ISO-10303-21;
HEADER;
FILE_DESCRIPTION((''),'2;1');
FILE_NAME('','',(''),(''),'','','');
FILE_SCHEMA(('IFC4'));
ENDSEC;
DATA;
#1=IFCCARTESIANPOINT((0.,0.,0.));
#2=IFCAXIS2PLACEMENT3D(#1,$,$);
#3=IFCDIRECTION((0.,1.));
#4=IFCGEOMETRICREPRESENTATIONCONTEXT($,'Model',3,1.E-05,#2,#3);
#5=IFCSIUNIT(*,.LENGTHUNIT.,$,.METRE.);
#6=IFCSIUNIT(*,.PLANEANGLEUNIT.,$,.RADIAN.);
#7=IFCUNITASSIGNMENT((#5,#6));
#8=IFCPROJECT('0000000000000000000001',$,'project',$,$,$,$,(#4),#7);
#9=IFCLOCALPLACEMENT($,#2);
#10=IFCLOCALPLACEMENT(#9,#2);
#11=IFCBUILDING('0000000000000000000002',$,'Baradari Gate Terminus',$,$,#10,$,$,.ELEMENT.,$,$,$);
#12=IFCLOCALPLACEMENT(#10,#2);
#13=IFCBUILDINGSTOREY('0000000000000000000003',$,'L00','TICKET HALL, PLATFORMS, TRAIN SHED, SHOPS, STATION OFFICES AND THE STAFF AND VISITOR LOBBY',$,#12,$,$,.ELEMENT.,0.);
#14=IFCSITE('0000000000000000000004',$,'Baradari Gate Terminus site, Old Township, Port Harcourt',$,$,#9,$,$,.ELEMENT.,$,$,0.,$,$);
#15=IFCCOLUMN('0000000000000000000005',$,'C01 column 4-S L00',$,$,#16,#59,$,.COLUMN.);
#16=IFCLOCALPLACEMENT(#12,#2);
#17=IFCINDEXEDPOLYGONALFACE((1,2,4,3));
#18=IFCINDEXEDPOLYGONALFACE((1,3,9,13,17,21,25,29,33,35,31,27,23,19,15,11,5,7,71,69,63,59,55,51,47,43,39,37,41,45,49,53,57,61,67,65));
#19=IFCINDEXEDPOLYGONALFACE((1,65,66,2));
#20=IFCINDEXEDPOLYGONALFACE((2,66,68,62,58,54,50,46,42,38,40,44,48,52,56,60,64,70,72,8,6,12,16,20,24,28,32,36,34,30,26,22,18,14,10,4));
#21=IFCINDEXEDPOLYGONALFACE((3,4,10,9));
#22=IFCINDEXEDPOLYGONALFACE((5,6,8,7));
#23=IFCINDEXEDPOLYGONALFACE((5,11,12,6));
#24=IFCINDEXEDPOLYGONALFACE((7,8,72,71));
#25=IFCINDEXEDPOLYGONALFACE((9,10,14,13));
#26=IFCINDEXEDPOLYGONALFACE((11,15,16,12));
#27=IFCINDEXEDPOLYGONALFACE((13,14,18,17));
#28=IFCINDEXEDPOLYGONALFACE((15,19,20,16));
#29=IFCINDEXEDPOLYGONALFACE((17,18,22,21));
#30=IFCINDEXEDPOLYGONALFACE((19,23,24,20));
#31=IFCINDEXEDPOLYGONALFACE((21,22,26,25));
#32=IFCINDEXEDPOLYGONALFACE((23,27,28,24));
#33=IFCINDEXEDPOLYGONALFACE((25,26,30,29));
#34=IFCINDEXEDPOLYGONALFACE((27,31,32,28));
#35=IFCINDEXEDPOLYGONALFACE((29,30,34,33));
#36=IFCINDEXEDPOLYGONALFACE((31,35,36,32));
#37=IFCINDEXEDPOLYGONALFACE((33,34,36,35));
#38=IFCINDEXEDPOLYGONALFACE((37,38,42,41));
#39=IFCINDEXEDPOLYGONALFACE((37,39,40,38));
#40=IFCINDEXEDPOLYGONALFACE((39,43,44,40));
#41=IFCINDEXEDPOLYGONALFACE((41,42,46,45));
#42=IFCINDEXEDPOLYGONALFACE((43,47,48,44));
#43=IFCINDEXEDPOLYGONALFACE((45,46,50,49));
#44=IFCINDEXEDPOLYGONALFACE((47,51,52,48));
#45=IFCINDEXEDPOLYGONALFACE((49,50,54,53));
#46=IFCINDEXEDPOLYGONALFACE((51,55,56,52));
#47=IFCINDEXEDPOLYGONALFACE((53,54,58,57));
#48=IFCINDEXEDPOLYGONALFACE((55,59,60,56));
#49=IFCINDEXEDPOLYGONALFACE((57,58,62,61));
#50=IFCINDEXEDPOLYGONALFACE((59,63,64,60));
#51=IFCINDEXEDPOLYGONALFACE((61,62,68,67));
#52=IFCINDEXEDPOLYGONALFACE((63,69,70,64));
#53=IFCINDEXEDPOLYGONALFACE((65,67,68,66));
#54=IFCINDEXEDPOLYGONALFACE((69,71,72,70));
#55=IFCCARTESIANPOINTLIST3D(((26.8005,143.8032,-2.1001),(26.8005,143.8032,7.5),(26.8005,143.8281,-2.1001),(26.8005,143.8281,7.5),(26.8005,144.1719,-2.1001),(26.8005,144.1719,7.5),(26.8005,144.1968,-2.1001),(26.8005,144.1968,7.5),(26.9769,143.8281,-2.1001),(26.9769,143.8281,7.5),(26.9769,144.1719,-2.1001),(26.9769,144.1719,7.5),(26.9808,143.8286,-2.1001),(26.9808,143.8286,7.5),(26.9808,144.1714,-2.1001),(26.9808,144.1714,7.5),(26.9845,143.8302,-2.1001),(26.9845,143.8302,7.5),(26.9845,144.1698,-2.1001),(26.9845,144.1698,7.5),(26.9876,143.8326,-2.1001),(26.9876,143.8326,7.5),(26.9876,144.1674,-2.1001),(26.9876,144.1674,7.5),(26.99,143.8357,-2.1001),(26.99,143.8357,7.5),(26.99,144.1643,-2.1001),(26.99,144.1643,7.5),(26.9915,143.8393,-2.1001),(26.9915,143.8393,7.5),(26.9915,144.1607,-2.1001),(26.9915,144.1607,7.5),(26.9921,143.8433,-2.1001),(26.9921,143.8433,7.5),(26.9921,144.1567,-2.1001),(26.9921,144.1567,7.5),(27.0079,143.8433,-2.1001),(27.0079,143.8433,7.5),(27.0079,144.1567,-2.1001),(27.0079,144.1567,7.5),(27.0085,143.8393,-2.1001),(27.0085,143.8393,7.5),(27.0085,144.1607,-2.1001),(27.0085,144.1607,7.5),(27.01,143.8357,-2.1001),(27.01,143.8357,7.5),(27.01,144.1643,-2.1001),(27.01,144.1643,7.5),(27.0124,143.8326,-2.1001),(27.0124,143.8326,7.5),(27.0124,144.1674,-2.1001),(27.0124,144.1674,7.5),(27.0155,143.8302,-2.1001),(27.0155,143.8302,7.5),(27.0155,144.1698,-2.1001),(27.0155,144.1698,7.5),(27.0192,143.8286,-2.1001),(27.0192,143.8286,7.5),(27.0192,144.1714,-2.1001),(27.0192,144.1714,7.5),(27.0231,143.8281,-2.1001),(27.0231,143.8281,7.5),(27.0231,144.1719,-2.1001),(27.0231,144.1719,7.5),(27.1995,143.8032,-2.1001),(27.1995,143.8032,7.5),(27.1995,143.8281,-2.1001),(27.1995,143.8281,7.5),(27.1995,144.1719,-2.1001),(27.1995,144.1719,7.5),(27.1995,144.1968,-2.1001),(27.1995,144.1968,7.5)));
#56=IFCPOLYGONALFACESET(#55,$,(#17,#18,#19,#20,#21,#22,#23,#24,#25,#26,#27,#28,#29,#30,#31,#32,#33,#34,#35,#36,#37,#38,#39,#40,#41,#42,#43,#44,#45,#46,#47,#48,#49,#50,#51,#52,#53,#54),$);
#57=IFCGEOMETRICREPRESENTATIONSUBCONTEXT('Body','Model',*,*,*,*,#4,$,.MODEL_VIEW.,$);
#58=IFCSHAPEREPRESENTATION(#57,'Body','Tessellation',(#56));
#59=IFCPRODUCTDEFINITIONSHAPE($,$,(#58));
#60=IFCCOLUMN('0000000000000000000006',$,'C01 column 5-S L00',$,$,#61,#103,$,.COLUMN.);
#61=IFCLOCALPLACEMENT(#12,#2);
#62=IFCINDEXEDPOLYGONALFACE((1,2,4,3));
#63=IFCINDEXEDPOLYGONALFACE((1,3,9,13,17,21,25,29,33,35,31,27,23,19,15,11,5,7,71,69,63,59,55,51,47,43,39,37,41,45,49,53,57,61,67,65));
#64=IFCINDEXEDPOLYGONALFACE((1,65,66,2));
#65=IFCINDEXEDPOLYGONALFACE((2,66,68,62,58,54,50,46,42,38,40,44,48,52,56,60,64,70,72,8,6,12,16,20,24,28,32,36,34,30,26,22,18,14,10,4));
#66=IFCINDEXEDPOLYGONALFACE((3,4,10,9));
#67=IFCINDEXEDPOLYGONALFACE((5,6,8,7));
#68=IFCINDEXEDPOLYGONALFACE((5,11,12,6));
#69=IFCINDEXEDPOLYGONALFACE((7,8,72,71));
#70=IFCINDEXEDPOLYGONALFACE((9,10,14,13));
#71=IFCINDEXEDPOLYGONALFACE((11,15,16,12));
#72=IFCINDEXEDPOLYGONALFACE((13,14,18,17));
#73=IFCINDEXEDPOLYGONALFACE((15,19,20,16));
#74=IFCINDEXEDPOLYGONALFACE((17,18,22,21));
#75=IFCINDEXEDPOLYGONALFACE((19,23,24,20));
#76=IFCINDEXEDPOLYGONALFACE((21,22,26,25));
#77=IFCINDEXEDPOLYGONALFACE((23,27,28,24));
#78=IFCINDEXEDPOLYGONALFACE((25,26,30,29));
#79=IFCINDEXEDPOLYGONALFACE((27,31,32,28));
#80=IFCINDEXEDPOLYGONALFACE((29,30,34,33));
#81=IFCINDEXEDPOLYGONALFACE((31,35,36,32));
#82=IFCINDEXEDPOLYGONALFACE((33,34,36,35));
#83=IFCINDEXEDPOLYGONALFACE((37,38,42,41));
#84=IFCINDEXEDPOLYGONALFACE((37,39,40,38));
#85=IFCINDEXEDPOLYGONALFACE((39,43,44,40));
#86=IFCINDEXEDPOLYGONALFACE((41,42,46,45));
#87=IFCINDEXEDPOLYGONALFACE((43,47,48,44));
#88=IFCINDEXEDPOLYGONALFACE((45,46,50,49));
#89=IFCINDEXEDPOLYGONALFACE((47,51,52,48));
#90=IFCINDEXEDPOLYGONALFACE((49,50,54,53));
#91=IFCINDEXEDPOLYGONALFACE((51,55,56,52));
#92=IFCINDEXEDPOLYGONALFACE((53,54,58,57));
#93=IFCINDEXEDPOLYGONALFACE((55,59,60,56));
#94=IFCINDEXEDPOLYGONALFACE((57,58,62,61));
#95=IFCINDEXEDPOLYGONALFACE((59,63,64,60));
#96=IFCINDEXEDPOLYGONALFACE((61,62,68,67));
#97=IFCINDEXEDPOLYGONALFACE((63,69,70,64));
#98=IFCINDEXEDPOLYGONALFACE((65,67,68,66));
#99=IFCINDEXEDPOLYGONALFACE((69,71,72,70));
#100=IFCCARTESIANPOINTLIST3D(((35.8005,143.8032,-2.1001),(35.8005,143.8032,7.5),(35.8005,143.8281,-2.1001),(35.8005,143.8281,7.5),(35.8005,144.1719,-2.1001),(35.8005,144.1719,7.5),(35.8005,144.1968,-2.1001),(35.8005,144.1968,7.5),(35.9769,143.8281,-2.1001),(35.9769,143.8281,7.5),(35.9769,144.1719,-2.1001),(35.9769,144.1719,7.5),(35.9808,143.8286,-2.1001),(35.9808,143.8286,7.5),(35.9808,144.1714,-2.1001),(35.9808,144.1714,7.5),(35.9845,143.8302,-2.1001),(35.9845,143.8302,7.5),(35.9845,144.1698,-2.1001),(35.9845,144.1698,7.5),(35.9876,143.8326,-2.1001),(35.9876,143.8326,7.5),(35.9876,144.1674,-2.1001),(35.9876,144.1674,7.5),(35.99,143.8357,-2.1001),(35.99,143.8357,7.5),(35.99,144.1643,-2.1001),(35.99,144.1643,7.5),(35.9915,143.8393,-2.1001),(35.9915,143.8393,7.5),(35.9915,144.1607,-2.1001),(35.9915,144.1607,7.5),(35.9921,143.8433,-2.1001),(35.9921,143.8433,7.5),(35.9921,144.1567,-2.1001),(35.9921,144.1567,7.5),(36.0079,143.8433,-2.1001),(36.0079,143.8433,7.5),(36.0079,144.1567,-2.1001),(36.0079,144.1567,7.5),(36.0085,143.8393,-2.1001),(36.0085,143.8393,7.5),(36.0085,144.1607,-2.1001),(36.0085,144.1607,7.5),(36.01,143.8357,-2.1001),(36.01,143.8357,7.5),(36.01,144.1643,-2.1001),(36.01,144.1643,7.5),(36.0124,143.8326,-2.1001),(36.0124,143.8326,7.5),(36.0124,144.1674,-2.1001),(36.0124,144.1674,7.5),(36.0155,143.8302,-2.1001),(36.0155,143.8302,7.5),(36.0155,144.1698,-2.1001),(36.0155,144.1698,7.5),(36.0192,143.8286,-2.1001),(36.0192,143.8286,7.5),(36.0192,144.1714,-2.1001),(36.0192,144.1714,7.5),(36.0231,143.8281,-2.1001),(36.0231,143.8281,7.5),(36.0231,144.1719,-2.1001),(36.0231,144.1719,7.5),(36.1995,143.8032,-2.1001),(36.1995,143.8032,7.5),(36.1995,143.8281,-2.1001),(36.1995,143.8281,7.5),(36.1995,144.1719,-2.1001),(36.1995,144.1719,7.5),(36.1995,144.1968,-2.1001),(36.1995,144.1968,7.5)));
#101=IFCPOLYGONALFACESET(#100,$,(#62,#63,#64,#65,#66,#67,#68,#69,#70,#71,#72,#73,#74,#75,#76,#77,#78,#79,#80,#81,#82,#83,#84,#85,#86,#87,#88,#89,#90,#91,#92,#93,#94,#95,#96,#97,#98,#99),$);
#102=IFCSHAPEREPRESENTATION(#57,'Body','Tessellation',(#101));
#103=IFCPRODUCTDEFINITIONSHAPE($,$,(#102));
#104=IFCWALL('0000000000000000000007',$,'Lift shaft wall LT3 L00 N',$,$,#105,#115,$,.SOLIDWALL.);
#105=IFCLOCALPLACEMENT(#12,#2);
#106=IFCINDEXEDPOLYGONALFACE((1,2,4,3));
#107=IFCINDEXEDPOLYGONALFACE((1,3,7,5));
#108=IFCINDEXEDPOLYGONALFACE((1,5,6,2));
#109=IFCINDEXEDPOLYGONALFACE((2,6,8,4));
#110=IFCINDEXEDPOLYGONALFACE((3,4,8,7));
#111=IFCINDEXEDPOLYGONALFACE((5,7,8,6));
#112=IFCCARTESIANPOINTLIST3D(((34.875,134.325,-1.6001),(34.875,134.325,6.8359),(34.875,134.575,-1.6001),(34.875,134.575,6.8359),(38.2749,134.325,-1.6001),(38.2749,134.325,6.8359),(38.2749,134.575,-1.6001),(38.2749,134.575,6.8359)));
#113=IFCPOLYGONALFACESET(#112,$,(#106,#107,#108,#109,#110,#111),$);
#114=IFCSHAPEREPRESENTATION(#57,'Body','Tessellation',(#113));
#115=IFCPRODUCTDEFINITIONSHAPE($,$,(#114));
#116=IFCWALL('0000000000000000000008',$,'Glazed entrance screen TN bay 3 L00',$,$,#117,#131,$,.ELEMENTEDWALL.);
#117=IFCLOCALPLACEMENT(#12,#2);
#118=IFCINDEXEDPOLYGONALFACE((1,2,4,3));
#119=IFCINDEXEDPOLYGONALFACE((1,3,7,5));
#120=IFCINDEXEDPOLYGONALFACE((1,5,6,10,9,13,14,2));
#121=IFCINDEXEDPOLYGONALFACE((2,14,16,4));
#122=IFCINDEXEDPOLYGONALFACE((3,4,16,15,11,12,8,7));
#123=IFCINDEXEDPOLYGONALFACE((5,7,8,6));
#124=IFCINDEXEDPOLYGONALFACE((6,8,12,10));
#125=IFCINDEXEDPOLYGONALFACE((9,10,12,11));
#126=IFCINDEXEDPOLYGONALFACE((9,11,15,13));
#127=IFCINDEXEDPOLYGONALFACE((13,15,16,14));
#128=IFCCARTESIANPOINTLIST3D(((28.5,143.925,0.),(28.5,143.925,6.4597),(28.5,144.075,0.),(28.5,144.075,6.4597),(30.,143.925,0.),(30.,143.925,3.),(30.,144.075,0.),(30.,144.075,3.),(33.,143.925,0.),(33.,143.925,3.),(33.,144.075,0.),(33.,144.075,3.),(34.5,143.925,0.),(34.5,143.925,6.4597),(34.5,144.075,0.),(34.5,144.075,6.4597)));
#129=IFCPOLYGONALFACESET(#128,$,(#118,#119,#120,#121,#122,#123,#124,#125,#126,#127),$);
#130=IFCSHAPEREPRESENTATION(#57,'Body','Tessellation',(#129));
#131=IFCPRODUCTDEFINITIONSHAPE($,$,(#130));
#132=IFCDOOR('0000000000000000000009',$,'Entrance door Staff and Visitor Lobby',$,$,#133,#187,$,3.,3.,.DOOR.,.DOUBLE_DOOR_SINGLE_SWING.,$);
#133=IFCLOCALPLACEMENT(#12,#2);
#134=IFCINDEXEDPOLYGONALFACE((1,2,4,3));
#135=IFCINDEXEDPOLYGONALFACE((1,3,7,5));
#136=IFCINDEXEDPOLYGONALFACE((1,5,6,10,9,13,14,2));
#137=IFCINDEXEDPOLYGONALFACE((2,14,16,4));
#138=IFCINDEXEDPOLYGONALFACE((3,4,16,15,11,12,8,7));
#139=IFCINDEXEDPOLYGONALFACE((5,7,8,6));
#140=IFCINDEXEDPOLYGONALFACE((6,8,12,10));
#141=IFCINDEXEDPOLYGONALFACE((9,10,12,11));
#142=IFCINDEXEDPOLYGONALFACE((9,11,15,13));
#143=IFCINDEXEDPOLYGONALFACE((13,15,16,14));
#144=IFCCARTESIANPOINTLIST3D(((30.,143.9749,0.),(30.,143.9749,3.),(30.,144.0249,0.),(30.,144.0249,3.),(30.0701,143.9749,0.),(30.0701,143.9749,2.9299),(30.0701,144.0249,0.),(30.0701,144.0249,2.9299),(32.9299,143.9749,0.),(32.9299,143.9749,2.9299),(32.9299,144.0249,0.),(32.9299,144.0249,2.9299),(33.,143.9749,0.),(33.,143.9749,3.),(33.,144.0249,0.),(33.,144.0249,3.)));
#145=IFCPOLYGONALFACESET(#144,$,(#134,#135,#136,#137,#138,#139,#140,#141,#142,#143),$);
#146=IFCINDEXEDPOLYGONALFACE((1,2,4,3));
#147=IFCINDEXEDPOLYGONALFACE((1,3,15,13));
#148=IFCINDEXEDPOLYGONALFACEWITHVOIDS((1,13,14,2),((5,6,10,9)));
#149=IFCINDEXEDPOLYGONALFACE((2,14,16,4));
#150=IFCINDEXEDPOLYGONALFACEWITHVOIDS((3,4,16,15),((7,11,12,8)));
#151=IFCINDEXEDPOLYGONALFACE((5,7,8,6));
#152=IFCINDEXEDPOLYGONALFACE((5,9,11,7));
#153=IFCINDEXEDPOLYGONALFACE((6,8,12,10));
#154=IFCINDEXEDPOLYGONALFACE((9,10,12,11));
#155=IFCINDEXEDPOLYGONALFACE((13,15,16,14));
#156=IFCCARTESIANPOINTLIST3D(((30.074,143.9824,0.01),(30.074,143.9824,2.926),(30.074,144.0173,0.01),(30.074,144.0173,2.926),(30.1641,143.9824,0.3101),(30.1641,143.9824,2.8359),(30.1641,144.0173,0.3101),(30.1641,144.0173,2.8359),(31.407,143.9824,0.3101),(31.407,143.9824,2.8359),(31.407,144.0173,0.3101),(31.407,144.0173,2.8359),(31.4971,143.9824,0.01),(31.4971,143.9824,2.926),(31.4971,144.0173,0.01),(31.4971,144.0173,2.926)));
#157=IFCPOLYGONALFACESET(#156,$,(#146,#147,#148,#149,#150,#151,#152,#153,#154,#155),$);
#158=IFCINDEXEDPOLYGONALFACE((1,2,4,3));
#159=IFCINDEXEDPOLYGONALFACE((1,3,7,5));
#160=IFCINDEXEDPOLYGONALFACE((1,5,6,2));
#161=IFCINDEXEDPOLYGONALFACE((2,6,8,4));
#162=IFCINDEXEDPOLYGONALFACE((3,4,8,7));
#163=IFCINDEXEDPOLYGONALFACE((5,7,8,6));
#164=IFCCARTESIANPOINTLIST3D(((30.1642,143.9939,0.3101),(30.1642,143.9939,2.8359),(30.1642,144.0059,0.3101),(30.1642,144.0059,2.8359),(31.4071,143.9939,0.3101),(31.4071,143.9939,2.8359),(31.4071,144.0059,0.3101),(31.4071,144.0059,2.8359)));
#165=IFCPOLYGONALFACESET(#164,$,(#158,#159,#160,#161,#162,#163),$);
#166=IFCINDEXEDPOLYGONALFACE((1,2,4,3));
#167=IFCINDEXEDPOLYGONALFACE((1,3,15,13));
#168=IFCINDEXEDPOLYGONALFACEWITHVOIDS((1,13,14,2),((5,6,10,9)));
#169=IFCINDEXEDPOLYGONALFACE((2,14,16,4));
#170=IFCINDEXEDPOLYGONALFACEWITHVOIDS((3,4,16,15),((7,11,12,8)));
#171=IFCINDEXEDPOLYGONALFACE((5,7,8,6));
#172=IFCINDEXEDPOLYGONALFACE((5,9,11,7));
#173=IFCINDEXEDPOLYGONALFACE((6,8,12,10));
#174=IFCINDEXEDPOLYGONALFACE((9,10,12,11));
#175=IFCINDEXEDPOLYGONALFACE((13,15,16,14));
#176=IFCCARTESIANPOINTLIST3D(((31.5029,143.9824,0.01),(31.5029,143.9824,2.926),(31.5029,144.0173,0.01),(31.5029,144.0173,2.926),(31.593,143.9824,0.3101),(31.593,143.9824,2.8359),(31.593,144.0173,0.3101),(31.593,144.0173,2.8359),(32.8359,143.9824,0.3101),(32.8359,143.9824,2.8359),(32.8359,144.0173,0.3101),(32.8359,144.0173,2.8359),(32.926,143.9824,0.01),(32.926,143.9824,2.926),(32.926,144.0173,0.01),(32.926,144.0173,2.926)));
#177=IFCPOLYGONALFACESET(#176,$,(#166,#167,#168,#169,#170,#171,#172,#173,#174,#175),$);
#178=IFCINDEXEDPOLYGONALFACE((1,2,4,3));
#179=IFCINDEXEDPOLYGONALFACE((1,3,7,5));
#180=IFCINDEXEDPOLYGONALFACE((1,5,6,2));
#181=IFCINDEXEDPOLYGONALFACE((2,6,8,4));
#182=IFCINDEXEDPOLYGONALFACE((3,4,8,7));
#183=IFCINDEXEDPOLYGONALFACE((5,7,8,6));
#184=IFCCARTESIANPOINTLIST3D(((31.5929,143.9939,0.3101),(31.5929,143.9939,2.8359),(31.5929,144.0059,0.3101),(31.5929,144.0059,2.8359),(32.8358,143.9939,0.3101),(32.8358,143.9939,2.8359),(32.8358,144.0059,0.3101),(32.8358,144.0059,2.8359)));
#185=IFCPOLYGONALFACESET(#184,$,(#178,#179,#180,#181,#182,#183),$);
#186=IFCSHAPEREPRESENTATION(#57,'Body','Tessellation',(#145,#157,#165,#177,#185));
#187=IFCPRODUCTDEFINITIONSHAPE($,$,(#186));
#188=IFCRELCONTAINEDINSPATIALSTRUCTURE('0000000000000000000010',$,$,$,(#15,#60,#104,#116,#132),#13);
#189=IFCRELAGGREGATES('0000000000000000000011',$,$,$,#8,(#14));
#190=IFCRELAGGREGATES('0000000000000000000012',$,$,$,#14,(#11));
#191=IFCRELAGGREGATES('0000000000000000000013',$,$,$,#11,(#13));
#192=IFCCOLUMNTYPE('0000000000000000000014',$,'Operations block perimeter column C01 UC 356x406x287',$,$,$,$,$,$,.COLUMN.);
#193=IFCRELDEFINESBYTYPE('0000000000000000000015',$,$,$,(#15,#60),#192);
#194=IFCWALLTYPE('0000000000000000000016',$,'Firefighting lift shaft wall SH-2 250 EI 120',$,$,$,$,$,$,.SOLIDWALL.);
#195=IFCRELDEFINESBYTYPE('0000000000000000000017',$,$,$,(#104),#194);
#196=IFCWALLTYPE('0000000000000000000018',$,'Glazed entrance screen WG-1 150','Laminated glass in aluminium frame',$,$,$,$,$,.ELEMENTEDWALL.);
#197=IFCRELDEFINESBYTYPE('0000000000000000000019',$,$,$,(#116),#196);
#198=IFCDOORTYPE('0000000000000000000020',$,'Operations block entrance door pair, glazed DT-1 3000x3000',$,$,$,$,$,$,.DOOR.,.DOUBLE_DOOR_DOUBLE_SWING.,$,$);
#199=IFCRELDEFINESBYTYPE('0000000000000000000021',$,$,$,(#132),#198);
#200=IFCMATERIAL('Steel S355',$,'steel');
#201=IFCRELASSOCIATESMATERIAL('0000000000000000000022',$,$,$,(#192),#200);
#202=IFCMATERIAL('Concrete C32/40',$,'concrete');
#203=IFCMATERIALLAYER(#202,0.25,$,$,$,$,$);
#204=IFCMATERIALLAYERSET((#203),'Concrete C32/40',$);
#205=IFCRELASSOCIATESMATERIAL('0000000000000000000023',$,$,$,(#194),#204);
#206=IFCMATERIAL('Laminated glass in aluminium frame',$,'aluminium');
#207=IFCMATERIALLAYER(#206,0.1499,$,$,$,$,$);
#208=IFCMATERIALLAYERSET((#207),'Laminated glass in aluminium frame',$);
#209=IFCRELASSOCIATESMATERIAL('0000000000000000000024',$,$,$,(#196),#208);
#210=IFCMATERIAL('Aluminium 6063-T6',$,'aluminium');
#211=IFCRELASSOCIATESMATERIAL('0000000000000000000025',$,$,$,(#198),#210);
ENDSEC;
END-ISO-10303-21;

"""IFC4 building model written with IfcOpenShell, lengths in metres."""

from ifc_helpers import new_model, si_unit, direction, frame, frame_2d, origin, origin_2d, place, context, subcontext, project, spatial, polyline, rectangle, i_section, outline, extrude, material, layer, layer_set, material_profile, profile_set, type_object, element, fill, save


model = new_model("IFC4")

# Units and contexts
model_context = context("Model", 3, precision=1e-05, world=origin(), true_north=direction((0.0, 1.0)))
body_context = subcontext(model_context, "Body", "Model", "MODEL_VIEW")
ifc_project = project(units=[si_unit("LENGTHUNIT", "METRE"), si_unit("PLANEANGLEUNIT", "RADIAN")], contexts=[model_context])

# Site, building, storey
site_placement = place(None, origin())
site = spatial("IfcSite", under=ifc_project, at=site_placement, Name="Baradari Gate Terminus site, Old Township, Port Harcourt", CompositionType="ELEMENT", RefElevation=0.0)
building_placement = place(site_placement, origin())
building = spatial("IfcBuilding", under=site, at=building_placement, Name="Baradari Gate Terminus", CompositionType="ELEMENT")
storey_placement = place(building_placement, origin())
storey = spatial("IfcBuildingStorey", under=building, at=storey_placement, Name="L00", Description="TICKET HALL, PLATFORMS, TRAIN SHED, SHOPS, STATION OFFICES AND THE STAFF AND VISITOR LOBBY", CompositionType="ELEMENT", Elevation=0.0)

# Columns
ifc_material_1 = material(Name="Steel S355", Category="steel")
ifc_material_profile = material_profile(ifc_material_1, i_section(OverallWidth=0.3989, OverallDepth=0.3936, WebThickness=0.0159, FlangeThickness=0.0249, FilletRadius=0.0151, at=origin_2d()), Name="UC 356x406x287")
ifc_profile_set = profile_set([ifc_material_profile], Name="Steel S355")
column_type = type_object("IfcColumnType", Name="Operations block perimeter column C01 UC 356x406x287", PredefinedType="COLUMN", material=ifc_profile_set)
for number, where, z_axis, x_axis, name in (
    (1, (27.0, 144.0, -2.1001), (0.0, 0.0, 1.0), (1.0, 0.0, 0.0), "C01 column 4-S L00"),
    (2, (36.0, 144.0, -2.1001), (0.0, 0.0, 1.0), (1.0, 0.0, 0.0), "C01 column 5-S L00"),
):
    element("IfcColumn", number, at=place(storey_placement, frame(where, z_axis=z_axis, x_axis=x_axis)), inside=storey, type_object=column_type, Name=name, PredefinedType="COLUMN", context=body_context, shape_type="SweptSolid", body=[
        extrude(i_section(OverallWidth=0.3989, OverallDepth=0.3936, WebThickness=0.0159, FlangeThickness=0.0249, FilletRadius=0.0151, at=origin_2d()), origin(), (0.0, 0.0, 1.0), 9.6001),
    ])

# Wall
ifc_material_2 = material(Name="Concrete C32/40", Category="concrete")
ifc_layer_1 = layer(ifc_material_2, 0.25)
ifc_layer_set_1 = layer_set([ifc_layer_1], Name="Concrete C32/40")
wall_type_1 = type_object("IfcWallType", Name="Firefighting lift shaft wall SH-2 250 EI 120", PredefinedType="SOLIDWALL", material=ifc_layer_set_1)
wall_1_placement = place(storey_placement, frame((34.875, 134.45, -1.6001), z_axis=(0.0, 0.0, 1.0), x_axis=(1.0, 0.0, 0.0)))
element("IfcWall", 3, at=wall_1_placement, inside=storey, type_object=wall_type_1, Name="Lift shaft wall LT3 L00 N", PredefinedType="SOLIDWALL", context=body_context, shape_type="SweptSolid", body=[
    extrude(rectangle(XDim=3.3999, YDim=0.25, at=frame_2d((1.7, 0.0))), origin(), (0.0, 0.0, 1.0), 8.436),
])

# Wall, opening, door
ifc_material_3 = material(Name="Laminated glass in aluminium frame", Category="aluminium")
ifc_layer_2 = layer(ifc_material_3, 0.1499)
ifc_layer_set_2 = layer_set([ifc_layer_2], Name="Laminated glass in aluminium frame")
wall_type_2 = type_object("IfcWallType", Name="Glazed entrance screen WG-1 150", Description="Laminated glass in aluminium frame", PredefinedType="ELEMENTEDWALL", material=ifc_layer_set_2)
wall_2_placement = place(storey_placement, frame((28.5, 144.0, 0.0), z_axis=(0.0, 0.0, 1.0), x_axis=(1.0, 0.0, 0.0)))
wall_2 = element("IfcWall", 4, at=wall_2_placement, inside=storey, type_object=wall_type_2, Name="Glazed entrance screen TN bay 3 L00", PredefinedType="ELEMENTEDWALL", context=body_context, shape_type="SweptSolid", body=[
    extrude(rectangle(XDim=6.0, YDim=0.1499, at=frame_2d((3.0, 0.0))), origin(), (0.0, 0.0, 1.0), 6.4597),
])
opening_placement = place(wall_2_placement, frame((1.5, 0.0, 0.0)))
opening = element("IfcOpeningElement", 5, at=opening_placement, cuts=wall_2, PredefinedType="OPENING", context=body_context, shape_type="SweptSolid", body=[
    extrude(rectangle(XDim=3.0, YDim=3.0, at=frame_2d((1.5, 1.5))), frame((0.0, 0.085, 0.0), z_axis=(0.0, -1.0, 0.0), x_axis=(1.0, 0.0, 0.0)), (0.0, 0.0, 1.0), 0.1699),
])
ifc_material_4 = material(Name="Aluminium 6063-T6", Category="aluminium")
door_type = type_object("IfcDoorType", Name="Operations block entrance door pair, glazed DT-1 3000x3000", OperationType="DOUBLE_DOOR_DOUBLE_SWING", PredefinedType="DOOR", material=ifc_material_4)
door_placement = place(opening_placement, origin())
door = element("IfcDoor", 6, at=door_placement, inside=storey, type_object=door_type, Name="Entrance door Staff and Visitor Lobby", OperationType="DOUBLE_DOOR_SINGLE_SWING", OverallHeight=3.0, OverallWidth=3.0, PredefinedType="DOOR", context=body_context, shape_type="SweptSolid", body=[
    extrude(outline(polyline([(0.0, 0.0), (0.0701, 0.0), (0.0701, 2.9299), (2.9299, 2.9299), (2.9299, 0.0), (3.0, 0.0), (3.0, 3.0), (0.0, 3.0), (0.0, 0.0)])), frame((0.0, 0.0249, 0.0), z_axis=(0.0, -1.0, 0.0), x_axis=(1.0, 0.0, 0.0)), (0.0, 0.0, 1.0), 0.05),
    extrude(outline(polyline([(0.074, 0.01), (1.4971, 0.01), (1.4971, 2.926), (0.074, 2.926), (0.074, 0.01)]), holes=[polyline([(0.1641, 0.3101), (1.407, 0.3101), (1.407, 2.8359), (0.1641, 2.8359), (0.1641, 0.3101)])]), frame((0.0, 0.0173, 0.0), z_axis=(0.0, -1.0, 0.0), x_axis=(1.0, 0.0, 0.0)), (0.0, 0.0, 1.0), 0.0349),
    extrude(rectangle(XDim=1.2429, YDim=2.5259, at=frame_2d((0.7856, 1.573))), frame((0.0, 0.0059, 0.0), z_axis=(0.0, -1.0, 0.0), x_axis=(1.0, 0.0, 0.0)), (0.0, 0.0, 1.0), 0.012),
    extrude(outline(polyline([(1.5029, 0.01), (2.926, 0.01), (2.926, 2.926), (1.5029, 2.926), (1.5029, 0.01)]), holes=[polyline([(1.593, 0.3101), (2.8359, 0.3101), (2.8359, 2.8359), (1.593, 2.8359), (1.593, 0.3101)])]), frame((0.0, 0.0173, 0.0), z_axis=(0.0, -1.0, 0.0), x_axis=(1.0, 0.0, 0.0)), (0.0, 0.0, 1.0), 0.0349),
    extrude(rectangle(XDim=1.2429, YDim=2.5259, at=frame_2d((2.2144, 1.573))), frame((0.0, 0.0059, 0.0), z_axis=(0.0, -1.0, 0.0), x_axis=(1.0, 0.0, 0.0)), (0.0, 0.0, 1.0), 0.012),
])
fill(opening, door)

save(model, "model.ifc")
